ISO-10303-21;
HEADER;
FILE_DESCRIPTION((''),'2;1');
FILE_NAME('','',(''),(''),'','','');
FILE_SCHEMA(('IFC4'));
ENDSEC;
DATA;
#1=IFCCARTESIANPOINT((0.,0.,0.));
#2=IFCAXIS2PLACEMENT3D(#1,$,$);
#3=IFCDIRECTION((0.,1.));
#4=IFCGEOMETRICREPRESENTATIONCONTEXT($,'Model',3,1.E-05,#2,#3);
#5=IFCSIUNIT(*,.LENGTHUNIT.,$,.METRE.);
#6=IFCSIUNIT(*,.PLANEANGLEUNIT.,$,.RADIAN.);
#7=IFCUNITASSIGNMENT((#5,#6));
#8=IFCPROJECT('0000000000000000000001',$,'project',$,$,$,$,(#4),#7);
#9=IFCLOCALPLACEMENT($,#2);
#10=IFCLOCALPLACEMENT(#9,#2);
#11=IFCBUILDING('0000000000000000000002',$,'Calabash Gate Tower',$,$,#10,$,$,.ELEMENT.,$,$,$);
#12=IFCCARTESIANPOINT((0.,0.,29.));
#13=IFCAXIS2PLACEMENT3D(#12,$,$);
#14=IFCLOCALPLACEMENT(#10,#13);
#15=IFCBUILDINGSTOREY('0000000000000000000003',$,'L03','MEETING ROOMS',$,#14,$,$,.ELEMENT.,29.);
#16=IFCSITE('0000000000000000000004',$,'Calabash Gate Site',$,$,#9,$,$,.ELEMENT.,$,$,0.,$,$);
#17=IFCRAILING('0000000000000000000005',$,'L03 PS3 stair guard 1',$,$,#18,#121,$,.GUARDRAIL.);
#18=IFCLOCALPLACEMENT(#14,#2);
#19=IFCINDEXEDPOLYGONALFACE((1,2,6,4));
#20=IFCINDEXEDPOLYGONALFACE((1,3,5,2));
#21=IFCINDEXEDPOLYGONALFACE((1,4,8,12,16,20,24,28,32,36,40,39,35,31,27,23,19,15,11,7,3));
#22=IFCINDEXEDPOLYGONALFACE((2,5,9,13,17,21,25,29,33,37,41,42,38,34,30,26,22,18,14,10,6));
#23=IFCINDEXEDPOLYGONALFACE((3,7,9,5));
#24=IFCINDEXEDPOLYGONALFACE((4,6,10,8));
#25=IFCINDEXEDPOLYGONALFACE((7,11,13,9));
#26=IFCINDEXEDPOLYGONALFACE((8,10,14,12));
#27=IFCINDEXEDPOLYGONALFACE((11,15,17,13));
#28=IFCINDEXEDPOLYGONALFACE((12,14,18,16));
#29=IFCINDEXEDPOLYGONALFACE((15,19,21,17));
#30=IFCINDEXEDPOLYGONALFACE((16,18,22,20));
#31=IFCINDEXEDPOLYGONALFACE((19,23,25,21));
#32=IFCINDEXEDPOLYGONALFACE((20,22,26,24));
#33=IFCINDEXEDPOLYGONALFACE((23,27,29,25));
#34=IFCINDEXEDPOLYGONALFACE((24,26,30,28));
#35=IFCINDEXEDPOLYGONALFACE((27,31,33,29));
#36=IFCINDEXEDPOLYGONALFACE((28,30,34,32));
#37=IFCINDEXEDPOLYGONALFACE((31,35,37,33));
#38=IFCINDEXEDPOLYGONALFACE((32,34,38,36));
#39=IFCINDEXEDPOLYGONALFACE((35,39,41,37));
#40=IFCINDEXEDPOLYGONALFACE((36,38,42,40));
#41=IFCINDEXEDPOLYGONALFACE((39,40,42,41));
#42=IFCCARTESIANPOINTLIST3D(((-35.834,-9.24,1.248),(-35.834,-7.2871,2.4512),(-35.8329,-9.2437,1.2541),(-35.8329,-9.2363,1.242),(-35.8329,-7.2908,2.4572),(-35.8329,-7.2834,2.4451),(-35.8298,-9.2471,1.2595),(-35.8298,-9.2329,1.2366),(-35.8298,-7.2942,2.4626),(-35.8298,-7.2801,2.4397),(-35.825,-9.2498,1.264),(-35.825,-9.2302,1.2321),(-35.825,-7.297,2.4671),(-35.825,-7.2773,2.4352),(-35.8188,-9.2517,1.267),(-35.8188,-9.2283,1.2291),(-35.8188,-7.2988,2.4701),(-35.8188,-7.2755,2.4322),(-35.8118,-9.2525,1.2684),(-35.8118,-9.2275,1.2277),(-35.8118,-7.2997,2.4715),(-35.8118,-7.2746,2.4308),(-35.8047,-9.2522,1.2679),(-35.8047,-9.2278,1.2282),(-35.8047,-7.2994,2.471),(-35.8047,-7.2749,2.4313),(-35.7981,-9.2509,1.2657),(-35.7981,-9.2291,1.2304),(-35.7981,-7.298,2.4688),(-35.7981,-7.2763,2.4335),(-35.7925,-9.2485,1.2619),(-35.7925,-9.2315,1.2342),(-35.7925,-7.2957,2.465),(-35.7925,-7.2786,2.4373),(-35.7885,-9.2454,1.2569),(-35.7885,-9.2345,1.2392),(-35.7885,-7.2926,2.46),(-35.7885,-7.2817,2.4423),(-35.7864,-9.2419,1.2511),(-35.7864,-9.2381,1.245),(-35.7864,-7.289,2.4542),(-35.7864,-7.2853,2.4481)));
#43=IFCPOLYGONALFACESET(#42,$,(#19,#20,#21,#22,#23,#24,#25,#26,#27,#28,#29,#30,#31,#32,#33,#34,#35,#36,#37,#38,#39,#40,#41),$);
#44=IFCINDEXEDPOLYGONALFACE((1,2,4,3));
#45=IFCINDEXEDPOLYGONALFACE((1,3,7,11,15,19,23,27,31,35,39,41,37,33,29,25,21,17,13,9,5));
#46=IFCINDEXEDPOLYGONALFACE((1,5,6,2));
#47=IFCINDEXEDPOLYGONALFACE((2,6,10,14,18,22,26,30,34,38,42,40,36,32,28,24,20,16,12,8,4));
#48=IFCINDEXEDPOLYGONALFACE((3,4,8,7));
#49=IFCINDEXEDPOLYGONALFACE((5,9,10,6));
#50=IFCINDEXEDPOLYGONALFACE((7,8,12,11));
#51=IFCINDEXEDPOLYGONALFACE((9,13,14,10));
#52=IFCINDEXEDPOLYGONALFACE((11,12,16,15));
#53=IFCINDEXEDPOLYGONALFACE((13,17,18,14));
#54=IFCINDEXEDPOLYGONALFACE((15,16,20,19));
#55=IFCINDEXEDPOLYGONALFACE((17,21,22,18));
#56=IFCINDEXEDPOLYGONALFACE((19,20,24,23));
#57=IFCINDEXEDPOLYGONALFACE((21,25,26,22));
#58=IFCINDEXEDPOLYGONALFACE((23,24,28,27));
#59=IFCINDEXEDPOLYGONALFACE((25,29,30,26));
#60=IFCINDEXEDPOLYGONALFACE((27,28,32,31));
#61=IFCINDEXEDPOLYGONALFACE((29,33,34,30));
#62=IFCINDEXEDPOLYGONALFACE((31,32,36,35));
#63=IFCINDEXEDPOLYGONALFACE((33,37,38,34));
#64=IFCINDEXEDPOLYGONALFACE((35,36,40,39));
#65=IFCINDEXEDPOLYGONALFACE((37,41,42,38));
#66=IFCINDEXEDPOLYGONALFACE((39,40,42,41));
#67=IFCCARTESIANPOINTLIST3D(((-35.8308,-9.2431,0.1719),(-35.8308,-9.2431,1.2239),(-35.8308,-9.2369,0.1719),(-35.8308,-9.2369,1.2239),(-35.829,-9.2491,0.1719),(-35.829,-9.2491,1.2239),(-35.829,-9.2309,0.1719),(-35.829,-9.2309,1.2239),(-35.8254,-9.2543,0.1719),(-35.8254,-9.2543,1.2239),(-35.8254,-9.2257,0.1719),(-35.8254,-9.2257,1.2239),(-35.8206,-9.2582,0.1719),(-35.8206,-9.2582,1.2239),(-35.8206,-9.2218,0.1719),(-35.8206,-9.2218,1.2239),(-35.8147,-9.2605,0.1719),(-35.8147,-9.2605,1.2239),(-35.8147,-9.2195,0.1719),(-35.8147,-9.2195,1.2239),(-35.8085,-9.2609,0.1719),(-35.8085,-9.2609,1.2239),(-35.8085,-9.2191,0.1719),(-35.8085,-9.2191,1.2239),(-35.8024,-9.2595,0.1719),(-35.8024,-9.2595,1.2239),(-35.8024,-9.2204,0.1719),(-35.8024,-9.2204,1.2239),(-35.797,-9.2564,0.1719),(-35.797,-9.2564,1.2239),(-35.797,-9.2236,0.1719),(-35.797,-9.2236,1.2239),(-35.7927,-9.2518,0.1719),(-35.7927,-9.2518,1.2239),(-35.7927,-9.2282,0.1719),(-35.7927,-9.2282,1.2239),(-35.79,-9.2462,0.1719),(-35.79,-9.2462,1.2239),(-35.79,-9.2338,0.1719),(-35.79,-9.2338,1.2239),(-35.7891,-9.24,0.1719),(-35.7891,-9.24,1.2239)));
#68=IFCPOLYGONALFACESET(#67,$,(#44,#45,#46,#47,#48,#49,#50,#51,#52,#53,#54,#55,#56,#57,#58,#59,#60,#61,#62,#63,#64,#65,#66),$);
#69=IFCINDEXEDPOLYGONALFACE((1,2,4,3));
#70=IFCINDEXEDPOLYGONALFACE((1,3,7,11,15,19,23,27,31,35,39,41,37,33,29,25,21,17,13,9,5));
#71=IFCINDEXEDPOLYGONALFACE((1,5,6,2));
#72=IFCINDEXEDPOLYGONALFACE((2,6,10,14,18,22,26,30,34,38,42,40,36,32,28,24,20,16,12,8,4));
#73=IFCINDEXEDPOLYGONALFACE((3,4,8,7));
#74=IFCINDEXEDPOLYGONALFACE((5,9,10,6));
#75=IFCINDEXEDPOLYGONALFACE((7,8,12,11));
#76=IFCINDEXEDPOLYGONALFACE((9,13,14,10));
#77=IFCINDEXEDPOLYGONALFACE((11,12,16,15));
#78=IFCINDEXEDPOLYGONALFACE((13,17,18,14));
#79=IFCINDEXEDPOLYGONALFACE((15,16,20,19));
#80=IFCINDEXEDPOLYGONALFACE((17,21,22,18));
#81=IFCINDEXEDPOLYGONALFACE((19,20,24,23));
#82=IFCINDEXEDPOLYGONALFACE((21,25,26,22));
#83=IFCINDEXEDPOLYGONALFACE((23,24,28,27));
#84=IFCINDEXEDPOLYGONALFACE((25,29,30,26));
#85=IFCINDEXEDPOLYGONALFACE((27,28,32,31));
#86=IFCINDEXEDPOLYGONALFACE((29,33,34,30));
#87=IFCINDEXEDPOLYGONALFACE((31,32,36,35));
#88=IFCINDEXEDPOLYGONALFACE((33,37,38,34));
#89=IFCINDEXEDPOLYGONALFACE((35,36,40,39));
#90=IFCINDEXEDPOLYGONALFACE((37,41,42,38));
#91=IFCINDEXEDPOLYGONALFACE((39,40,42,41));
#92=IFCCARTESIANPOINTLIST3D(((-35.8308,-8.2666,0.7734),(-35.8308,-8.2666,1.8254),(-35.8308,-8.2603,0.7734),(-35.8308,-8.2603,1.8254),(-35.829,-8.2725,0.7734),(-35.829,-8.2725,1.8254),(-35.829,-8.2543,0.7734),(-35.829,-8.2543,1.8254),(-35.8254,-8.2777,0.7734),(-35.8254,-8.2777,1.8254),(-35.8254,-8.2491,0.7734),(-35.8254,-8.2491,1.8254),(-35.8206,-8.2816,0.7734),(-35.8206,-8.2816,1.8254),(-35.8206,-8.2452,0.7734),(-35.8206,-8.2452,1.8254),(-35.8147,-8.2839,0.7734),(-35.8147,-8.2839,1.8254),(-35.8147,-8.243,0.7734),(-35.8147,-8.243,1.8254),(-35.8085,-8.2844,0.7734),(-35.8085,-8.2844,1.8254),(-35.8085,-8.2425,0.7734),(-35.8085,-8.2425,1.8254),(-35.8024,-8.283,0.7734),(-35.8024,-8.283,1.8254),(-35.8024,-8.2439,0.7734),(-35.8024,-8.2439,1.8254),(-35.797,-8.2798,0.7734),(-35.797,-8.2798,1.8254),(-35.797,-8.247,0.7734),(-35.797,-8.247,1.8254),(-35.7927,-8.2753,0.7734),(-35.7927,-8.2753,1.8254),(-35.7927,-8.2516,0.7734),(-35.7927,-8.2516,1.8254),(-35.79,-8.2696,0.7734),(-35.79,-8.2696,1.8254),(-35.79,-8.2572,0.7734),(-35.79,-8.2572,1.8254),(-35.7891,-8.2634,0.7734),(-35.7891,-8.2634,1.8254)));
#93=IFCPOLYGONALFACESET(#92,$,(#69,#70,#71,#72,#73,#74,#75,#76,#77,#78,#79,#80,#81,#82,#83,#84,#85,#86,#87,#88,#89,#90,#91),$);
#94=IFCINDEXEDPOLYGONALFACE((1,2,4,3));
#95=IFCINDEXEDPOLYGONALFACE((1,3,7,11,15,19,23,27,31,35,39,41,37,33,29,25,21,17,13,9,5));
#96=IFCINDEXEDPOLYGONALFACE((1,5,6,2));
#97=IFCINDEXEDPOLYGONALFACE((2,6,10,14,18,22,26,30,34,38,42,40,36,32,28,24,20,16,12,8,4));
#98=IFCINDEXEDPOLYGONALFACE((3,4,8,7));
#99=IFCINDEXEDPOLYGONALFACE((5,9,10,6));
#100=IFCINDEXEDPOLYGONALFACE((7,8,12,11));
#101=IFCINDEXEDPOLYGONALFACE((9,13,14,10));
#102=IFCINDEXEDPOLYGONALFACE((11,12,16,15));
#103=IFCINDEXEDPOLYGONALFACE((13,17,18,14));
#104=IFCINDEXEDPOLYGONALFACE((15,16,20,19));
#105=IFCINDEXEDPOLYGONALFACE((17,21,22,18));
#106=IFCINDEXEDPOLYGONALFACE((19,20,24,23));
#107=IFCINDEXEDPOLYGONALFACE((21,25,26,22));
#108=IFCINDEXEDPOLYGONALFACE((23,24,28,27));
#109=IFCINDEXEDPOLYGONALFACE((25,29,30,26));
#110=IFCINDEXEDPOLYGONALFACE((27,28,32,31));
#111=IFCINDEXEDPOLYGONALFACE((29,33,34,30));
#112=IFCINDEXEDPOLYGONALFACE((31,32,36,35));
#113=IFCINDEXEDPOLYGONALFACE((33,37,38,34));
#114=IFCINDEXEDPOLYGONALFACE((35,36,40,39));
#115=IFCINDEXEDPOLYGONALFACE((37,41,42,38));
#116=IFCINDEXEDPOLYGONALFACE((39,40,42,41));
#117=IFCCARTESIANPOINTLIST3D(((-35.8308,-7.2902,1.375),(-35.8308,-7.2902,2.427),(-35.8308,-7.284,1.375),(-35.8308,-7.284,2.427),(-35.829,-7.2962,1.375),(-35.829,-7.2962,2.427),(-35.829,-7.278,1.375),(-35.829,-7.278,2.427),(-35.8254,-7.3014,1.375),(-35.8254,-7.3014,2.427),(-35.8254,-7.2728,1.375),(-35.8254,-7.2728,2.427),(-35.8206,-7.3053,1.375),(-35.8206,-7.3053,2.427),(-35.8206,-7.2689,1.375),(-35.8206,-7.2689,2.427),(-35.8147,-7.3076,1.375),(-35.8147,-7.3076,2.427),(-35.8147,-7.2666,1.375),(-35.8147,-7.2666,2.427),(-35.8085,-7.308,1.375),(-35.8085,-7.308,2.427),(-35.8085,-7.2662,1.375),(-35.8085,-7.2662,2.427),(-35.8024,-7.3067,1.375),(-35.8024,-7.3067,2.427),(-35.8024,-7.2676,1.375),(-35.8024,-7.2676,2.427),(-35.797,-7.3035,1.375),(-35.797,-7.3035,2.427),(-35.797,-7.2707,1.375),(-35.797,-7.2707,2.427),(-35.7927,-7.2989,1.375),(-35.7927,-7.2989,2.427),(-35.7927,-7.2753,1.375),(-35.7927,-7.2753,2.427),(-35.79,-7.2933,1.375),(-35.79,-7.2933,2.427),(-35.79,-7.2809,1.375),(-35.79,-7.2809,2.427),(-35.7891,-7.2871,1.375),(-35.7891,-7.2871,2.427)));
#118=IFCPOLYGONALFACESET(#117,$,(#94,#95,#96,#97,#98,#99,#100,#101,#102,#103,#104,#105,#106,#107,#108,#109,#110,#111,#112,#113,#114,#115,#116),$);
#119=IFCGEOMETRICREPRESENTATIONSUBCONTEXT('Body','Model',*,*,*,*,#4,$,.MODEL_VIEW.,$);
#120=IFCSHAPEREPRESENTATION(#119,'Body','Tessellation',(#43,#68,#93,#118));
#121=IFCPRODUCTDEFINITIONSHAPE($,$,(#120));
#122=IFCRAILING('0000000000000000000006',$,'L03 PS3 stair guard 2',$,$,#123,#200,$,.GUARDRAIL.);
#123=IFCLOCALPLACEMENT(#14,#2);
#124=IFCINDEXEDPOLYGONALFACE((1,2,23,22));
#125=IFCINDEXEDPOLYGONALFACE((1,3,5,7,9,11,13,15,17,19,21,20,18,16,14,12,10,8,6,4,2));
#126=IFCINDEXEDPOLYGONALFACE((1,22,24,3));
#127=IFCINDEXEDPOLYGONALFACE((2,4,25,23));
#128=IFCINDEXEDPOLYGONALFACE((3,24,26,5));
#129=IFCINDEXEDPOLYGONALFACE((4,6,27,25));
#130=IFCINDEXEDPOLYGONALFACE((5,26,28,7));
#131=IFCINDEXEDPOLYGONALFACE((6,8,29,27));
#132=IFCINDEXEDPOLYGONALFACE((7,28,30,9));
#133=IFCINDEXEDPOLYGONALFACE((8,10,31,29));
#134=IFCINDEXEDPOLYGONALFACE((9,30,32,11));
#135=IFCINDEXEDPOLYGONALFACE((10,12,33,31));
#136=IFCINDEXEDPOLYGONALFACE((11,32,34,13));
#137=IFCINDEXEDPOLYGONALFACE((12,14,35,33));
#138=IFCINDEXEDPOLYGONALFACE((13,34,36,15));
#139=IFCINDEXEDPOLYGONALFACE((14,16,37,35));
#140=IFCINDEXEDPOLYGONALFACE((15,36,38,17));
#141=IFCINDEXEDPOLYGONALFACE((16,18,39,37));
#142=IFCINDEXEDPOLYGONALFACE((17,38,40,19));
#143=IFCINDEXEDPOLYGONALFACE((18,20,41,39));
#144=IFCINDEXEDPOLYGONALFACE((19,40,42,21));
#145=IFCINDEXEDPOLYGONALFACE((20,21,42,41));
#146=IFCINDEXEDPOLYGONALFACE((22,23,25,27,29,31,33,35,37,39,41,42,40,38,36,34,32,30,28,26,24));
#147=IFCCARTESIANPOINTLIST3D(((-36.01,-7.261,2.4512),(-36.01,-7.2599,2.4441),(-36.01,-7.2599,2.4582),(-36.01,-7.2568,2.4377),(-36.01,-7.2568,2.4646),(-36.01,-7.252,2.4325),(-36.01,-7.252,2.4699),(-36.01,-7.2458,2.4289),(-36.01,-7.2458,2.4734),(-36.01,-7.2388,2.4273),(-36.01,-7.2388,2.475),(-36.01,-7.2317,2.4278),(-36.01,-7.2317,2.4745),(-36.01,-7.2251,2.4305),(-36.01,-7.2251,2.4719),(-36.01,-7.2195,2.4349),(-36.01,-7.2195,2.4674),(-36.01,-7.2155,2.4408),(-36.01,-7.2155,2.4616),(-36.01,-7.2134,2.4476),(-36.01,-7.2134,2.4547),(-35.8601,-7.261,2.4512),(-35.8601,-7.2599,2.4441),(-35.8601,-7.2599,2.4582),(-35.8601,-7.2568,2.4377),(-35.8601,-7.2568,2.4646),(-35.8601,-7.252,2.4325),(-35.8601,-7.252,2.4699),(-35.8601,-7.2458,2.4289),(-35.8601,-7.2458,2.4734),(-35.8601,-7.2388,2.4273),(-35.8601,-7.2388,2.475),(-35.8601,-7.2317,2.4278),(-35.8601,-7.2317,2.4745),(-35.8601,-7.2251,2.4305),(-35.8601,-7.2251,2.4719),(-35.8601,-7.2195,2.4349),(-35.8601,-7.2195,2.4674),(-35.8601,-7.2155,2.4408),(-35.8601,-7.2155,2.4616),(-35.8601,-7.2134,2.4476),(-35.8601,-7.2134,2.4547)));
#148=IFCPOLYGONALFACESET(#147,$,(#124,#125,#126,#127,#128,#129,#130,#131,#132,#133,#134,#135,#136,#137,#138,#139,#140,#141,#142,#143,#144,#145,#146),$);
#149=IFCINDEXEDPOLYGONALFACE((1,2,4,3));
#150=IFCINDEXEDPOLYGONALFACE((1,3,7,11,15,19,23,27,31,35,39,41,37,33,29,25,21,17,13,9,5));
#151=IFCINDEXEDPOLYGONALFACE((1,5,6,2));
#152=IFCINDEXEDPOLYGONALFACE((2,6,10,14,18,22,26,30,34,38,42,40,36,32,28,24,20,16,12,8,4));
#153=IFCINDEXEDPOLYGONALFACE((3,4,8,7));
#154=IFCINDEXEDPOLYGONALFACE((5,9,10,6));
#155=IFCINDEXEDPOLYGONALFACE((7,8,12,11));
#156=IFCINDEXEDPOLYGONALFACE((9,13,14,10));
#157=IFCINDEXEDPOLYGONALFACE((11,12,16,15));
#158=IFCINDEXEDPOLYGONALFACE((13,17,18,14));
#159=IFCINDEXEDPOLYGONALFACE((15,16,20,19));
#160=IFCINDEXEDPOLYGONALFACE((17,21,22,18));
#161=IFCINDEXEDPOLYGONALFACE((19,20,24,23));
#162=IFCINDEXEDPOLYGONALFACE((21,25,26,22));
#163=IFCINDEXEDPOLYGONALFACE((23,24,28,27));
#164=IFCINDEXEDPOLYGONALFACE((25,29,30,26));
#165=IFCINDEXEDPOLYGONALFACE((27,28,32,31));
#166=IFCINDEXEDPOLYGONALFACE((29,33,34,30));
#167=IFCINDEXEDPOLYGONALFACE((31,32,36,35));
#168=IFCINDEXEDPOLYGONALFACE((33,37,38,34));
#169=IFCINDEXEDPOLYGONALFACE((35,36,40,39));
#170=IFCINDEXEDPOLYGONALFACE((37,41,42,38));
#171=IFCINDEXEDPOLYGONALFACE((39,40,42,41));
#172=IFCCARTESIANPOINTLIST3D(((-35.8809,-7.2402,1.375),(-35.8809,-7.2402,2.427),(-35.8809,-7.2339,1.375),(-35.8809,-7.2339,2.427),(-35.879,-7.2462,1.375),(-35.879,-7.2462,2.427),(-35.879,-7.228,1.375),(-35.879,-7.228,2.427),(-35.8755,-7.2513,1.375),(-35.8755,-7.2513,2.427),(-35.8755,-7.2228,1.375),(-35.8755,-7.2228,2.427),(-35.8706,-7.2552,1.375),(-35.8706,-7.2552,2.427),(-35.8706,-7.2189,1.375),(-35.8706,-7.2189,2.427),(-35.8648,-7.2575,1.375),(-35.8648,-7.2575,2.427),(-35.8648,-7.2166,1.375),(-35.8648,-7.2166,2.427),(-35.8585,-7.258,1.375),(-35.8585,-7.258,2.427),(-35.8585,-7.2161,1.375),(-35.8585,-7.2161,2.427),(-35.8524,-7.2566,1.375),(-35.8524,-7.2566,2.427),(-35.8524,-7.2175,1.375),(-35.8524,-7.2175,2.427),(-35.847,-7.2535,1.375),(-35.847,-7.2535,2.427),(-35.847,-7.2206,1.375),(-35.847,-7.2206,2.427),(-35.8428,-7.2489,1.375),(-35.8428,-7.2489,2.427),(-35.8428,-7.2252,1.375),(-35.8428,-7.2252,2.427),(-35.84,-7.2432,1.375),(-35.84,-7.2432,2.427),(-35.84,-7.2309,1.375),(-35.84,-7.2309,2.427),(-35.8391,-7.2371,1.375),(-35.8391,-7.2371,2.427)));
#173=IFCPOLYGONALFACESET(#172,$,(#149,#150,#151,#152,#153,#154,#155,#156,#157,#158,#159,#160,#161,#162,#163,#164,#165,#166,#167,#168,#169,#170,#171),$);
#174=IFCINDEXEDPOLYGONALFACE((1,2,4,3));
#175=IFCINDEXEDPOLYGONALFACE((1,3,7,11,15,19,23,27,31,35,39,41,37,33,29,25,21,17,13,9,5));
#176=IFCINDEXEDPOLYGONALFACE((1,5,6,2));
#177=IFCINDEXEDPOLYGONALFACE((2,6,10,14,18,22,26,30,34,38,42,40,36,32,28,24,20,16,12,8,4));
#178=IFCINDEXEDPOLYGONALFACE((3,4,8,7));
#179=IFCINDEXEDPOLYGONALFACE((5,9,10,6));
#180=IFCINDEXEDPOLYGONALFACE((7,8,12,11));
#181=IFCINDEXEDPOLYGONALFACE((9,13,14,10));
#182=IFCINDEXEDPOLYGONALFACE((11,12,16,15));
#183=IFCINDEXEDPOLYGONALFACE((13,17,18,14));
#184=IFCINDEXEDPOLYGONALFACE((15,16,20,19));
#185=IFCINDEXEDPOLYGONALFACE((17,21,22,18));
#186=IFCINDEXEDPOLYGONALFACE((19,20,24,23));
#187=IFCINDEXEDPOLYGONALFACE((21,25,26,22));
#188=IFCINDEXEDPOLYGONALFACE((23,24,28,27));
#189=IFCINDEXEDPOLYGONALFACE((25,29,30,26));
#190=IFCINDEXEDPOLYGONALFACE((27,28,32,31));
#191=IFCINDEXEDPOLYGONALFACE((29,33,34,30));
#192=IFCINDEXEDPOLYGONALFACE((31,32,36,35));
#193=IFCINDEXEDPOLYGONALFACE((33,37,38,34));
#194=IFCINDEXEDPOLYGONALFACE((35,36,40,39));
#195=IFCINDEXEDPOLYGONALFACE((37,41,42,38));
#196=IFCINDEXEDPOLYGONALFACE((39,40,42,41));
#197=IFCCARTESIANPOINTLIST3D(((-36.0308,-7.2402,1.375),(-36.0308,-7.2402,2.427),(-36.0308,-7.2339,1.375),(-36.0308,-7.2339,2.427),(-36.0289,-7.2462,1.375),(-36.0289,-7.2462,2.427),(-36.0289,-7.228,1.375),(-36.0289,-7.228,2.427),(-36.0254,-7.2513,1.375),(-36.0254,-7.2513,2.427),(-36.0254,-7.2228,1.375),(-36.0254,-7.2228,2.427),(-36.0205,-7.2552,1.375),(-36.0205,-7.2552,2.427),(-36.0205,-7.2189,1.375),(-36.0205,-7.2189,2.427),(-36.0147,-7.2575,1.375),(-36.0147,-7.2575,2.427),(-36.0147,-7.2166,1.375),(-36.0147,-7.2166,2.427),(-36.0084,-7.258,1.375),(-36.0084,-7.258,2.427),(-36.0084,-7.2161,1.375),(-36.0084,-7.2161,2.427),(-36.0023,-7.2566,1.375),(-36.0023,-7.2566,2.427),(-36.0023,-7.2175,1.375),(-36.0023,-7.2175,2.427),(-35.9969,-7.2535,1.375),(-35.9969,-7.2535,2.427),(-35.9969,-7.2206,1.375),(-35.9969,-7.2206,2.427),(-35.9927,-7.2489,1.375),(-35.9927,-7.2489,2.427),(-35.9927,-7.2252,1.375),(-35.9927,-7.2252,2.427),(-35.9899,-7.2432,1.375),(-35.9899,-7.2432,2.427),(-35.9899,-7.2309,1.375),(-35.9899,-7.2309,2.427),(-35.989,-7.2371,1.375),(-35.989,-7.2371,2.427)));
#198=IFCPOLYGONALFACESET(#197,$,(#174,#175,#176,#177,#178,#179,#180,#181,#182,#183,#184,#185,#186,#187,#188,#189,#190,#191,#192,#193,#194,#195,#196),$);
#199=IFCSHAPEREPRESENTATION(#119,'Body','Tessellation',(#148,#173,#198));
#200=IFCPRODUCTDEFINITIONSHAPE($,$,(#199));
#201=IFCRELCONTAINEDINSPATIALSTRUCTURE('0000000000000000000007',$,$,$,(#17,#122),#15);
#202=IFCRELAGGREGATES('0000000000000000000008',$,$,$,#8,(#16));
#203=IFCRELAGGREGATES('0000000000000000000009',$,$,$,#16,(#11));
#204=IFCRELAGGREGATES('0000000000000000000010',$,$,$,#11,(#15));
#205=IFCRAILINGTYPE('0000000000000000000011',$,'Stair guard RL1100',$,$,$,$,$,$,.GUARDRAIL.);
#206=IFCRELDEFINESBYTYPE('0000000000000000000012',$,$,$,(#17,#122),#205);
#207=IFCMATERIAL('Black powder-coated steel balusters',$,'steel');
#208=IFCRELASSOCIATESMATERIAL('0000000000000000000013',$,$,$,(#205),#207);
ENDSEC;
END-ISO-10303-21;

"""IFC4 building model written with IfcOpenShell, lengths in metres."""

from ifc_helpers import new_model, si_unit, direction, frame, origin, origin_2d, place, context, subcontext, project, spatial, circle, extrude, material, type_object, element, save


model = new_model("IFC4")

# Units and contexts
model_context = context("Model", 3, precision=1e-05, world=origin(), true_north=direction((0.0, 1.0)))
body_context = subcontext(model_context, "Body", "Model", "MODEL_VIEW")
ifc_project = project(units=[si_unit("LENGTHUNIT", "METRE"), si_unit("PLANEANGLEUNIT", "RADIAN")], contexts=[model_context])

# Site, building, storey
site_placement = place(None, origin())
site = spatial("IfcSite", under=ifc_project, at=site_placement, Name="Calabash Gate Site", CompositionType="ELEMENT", RefElevation=0.0)
building_placement = place(site_placement, origin())
building = spatial("IfcBuilding", under=site, at=building_placement, Name="Calabash Gate Tower", CompositionType="ELEMENT")
storey_placement = place(building_placement, frame((0.0, 0.0, 29.0)))
storey = spatial("IfcBuildingStorey", under=building, at=storey_placement, Name="L03", Description="MEETING ROOMS", CompositionType="ELEMENT", Elevation=29.0)

# Railings
ifc_material_1 = material(Name="Black powder-coated steel balusters", Category="steel")
railing_type_1 = type_object("IfcRailingType", Name="Stair guard RL1100", PredefinedType="GUARDRAIL", material=ifc_material_1)
railing_1_placement = place(storey_placement, frame((-35.8101, -9.24, 0.1719)))
element("IfcRailing", 1, at=railing_1_placement, inside=storey, type_object=railing_type_1, Name="L03 PS3 stair guard 1", PredefinedType="GUARDRAIL", context=body_context, shape_type="SweptSolid", body=[
    extrude(circle(Radius=0.0239, at=origin_2d()), frame((0.0, 0.0, 1.0762), z_axis=(0.0, 0.851395, 0.524525), x_axis=(-1.0, 0.0, 0.0)), (0.0, 0.0, 1.0), 2.2937),
    extrude(circle(Radius=0.021, at=origin_2d()), origin(), (0.0, 0.0, 1.0), 1.052),
    extrude(circle(Radius=0.021, at=origin_2d()), frame((0.0, 0.9766, 0.6016)), (0.0, 0.0, 1.0), 1.052),
    extrude(circle(Radius=0.021, at=origin_2d()), frame((0.0, 1.9529, 1.2031)), (0.0, 0.0, 1.0), 1.052),
])
railing_2_placement = place(storey_placement, frame((-35.8601, -7.2371, 1.375)))
element("IfcRailing", 2, at=railing_2_placement, inside=storey, type_object=railing_type_1, Name="L03 PS3 stair guard 2", PredefinedType="GUARDRAIL", context=body_context, shape_type="SweptSolid", body=[
    extrude(circle(Radius=0.0239, at=origin_2d()), frame((0.0, 0.0, 1.0762), z_axis=(-1.0, 0.0, 0.0), x_axis=(0.0, -1.0, 0.0)), (0.0, 0.0, 1.0), 0.1499),
    extrude(circle(Radius=0.021, at=origin_2d()), origin(), (0.0, 0.0, 1.0), 1.052),
    extrude(circle(Radius=0.021, at=origin_2d()), frame((-0.1499, 0.0, 0.0)), (0.0, 0.0, 1.0), 1.052),
])

save(model, "model.ifc")
